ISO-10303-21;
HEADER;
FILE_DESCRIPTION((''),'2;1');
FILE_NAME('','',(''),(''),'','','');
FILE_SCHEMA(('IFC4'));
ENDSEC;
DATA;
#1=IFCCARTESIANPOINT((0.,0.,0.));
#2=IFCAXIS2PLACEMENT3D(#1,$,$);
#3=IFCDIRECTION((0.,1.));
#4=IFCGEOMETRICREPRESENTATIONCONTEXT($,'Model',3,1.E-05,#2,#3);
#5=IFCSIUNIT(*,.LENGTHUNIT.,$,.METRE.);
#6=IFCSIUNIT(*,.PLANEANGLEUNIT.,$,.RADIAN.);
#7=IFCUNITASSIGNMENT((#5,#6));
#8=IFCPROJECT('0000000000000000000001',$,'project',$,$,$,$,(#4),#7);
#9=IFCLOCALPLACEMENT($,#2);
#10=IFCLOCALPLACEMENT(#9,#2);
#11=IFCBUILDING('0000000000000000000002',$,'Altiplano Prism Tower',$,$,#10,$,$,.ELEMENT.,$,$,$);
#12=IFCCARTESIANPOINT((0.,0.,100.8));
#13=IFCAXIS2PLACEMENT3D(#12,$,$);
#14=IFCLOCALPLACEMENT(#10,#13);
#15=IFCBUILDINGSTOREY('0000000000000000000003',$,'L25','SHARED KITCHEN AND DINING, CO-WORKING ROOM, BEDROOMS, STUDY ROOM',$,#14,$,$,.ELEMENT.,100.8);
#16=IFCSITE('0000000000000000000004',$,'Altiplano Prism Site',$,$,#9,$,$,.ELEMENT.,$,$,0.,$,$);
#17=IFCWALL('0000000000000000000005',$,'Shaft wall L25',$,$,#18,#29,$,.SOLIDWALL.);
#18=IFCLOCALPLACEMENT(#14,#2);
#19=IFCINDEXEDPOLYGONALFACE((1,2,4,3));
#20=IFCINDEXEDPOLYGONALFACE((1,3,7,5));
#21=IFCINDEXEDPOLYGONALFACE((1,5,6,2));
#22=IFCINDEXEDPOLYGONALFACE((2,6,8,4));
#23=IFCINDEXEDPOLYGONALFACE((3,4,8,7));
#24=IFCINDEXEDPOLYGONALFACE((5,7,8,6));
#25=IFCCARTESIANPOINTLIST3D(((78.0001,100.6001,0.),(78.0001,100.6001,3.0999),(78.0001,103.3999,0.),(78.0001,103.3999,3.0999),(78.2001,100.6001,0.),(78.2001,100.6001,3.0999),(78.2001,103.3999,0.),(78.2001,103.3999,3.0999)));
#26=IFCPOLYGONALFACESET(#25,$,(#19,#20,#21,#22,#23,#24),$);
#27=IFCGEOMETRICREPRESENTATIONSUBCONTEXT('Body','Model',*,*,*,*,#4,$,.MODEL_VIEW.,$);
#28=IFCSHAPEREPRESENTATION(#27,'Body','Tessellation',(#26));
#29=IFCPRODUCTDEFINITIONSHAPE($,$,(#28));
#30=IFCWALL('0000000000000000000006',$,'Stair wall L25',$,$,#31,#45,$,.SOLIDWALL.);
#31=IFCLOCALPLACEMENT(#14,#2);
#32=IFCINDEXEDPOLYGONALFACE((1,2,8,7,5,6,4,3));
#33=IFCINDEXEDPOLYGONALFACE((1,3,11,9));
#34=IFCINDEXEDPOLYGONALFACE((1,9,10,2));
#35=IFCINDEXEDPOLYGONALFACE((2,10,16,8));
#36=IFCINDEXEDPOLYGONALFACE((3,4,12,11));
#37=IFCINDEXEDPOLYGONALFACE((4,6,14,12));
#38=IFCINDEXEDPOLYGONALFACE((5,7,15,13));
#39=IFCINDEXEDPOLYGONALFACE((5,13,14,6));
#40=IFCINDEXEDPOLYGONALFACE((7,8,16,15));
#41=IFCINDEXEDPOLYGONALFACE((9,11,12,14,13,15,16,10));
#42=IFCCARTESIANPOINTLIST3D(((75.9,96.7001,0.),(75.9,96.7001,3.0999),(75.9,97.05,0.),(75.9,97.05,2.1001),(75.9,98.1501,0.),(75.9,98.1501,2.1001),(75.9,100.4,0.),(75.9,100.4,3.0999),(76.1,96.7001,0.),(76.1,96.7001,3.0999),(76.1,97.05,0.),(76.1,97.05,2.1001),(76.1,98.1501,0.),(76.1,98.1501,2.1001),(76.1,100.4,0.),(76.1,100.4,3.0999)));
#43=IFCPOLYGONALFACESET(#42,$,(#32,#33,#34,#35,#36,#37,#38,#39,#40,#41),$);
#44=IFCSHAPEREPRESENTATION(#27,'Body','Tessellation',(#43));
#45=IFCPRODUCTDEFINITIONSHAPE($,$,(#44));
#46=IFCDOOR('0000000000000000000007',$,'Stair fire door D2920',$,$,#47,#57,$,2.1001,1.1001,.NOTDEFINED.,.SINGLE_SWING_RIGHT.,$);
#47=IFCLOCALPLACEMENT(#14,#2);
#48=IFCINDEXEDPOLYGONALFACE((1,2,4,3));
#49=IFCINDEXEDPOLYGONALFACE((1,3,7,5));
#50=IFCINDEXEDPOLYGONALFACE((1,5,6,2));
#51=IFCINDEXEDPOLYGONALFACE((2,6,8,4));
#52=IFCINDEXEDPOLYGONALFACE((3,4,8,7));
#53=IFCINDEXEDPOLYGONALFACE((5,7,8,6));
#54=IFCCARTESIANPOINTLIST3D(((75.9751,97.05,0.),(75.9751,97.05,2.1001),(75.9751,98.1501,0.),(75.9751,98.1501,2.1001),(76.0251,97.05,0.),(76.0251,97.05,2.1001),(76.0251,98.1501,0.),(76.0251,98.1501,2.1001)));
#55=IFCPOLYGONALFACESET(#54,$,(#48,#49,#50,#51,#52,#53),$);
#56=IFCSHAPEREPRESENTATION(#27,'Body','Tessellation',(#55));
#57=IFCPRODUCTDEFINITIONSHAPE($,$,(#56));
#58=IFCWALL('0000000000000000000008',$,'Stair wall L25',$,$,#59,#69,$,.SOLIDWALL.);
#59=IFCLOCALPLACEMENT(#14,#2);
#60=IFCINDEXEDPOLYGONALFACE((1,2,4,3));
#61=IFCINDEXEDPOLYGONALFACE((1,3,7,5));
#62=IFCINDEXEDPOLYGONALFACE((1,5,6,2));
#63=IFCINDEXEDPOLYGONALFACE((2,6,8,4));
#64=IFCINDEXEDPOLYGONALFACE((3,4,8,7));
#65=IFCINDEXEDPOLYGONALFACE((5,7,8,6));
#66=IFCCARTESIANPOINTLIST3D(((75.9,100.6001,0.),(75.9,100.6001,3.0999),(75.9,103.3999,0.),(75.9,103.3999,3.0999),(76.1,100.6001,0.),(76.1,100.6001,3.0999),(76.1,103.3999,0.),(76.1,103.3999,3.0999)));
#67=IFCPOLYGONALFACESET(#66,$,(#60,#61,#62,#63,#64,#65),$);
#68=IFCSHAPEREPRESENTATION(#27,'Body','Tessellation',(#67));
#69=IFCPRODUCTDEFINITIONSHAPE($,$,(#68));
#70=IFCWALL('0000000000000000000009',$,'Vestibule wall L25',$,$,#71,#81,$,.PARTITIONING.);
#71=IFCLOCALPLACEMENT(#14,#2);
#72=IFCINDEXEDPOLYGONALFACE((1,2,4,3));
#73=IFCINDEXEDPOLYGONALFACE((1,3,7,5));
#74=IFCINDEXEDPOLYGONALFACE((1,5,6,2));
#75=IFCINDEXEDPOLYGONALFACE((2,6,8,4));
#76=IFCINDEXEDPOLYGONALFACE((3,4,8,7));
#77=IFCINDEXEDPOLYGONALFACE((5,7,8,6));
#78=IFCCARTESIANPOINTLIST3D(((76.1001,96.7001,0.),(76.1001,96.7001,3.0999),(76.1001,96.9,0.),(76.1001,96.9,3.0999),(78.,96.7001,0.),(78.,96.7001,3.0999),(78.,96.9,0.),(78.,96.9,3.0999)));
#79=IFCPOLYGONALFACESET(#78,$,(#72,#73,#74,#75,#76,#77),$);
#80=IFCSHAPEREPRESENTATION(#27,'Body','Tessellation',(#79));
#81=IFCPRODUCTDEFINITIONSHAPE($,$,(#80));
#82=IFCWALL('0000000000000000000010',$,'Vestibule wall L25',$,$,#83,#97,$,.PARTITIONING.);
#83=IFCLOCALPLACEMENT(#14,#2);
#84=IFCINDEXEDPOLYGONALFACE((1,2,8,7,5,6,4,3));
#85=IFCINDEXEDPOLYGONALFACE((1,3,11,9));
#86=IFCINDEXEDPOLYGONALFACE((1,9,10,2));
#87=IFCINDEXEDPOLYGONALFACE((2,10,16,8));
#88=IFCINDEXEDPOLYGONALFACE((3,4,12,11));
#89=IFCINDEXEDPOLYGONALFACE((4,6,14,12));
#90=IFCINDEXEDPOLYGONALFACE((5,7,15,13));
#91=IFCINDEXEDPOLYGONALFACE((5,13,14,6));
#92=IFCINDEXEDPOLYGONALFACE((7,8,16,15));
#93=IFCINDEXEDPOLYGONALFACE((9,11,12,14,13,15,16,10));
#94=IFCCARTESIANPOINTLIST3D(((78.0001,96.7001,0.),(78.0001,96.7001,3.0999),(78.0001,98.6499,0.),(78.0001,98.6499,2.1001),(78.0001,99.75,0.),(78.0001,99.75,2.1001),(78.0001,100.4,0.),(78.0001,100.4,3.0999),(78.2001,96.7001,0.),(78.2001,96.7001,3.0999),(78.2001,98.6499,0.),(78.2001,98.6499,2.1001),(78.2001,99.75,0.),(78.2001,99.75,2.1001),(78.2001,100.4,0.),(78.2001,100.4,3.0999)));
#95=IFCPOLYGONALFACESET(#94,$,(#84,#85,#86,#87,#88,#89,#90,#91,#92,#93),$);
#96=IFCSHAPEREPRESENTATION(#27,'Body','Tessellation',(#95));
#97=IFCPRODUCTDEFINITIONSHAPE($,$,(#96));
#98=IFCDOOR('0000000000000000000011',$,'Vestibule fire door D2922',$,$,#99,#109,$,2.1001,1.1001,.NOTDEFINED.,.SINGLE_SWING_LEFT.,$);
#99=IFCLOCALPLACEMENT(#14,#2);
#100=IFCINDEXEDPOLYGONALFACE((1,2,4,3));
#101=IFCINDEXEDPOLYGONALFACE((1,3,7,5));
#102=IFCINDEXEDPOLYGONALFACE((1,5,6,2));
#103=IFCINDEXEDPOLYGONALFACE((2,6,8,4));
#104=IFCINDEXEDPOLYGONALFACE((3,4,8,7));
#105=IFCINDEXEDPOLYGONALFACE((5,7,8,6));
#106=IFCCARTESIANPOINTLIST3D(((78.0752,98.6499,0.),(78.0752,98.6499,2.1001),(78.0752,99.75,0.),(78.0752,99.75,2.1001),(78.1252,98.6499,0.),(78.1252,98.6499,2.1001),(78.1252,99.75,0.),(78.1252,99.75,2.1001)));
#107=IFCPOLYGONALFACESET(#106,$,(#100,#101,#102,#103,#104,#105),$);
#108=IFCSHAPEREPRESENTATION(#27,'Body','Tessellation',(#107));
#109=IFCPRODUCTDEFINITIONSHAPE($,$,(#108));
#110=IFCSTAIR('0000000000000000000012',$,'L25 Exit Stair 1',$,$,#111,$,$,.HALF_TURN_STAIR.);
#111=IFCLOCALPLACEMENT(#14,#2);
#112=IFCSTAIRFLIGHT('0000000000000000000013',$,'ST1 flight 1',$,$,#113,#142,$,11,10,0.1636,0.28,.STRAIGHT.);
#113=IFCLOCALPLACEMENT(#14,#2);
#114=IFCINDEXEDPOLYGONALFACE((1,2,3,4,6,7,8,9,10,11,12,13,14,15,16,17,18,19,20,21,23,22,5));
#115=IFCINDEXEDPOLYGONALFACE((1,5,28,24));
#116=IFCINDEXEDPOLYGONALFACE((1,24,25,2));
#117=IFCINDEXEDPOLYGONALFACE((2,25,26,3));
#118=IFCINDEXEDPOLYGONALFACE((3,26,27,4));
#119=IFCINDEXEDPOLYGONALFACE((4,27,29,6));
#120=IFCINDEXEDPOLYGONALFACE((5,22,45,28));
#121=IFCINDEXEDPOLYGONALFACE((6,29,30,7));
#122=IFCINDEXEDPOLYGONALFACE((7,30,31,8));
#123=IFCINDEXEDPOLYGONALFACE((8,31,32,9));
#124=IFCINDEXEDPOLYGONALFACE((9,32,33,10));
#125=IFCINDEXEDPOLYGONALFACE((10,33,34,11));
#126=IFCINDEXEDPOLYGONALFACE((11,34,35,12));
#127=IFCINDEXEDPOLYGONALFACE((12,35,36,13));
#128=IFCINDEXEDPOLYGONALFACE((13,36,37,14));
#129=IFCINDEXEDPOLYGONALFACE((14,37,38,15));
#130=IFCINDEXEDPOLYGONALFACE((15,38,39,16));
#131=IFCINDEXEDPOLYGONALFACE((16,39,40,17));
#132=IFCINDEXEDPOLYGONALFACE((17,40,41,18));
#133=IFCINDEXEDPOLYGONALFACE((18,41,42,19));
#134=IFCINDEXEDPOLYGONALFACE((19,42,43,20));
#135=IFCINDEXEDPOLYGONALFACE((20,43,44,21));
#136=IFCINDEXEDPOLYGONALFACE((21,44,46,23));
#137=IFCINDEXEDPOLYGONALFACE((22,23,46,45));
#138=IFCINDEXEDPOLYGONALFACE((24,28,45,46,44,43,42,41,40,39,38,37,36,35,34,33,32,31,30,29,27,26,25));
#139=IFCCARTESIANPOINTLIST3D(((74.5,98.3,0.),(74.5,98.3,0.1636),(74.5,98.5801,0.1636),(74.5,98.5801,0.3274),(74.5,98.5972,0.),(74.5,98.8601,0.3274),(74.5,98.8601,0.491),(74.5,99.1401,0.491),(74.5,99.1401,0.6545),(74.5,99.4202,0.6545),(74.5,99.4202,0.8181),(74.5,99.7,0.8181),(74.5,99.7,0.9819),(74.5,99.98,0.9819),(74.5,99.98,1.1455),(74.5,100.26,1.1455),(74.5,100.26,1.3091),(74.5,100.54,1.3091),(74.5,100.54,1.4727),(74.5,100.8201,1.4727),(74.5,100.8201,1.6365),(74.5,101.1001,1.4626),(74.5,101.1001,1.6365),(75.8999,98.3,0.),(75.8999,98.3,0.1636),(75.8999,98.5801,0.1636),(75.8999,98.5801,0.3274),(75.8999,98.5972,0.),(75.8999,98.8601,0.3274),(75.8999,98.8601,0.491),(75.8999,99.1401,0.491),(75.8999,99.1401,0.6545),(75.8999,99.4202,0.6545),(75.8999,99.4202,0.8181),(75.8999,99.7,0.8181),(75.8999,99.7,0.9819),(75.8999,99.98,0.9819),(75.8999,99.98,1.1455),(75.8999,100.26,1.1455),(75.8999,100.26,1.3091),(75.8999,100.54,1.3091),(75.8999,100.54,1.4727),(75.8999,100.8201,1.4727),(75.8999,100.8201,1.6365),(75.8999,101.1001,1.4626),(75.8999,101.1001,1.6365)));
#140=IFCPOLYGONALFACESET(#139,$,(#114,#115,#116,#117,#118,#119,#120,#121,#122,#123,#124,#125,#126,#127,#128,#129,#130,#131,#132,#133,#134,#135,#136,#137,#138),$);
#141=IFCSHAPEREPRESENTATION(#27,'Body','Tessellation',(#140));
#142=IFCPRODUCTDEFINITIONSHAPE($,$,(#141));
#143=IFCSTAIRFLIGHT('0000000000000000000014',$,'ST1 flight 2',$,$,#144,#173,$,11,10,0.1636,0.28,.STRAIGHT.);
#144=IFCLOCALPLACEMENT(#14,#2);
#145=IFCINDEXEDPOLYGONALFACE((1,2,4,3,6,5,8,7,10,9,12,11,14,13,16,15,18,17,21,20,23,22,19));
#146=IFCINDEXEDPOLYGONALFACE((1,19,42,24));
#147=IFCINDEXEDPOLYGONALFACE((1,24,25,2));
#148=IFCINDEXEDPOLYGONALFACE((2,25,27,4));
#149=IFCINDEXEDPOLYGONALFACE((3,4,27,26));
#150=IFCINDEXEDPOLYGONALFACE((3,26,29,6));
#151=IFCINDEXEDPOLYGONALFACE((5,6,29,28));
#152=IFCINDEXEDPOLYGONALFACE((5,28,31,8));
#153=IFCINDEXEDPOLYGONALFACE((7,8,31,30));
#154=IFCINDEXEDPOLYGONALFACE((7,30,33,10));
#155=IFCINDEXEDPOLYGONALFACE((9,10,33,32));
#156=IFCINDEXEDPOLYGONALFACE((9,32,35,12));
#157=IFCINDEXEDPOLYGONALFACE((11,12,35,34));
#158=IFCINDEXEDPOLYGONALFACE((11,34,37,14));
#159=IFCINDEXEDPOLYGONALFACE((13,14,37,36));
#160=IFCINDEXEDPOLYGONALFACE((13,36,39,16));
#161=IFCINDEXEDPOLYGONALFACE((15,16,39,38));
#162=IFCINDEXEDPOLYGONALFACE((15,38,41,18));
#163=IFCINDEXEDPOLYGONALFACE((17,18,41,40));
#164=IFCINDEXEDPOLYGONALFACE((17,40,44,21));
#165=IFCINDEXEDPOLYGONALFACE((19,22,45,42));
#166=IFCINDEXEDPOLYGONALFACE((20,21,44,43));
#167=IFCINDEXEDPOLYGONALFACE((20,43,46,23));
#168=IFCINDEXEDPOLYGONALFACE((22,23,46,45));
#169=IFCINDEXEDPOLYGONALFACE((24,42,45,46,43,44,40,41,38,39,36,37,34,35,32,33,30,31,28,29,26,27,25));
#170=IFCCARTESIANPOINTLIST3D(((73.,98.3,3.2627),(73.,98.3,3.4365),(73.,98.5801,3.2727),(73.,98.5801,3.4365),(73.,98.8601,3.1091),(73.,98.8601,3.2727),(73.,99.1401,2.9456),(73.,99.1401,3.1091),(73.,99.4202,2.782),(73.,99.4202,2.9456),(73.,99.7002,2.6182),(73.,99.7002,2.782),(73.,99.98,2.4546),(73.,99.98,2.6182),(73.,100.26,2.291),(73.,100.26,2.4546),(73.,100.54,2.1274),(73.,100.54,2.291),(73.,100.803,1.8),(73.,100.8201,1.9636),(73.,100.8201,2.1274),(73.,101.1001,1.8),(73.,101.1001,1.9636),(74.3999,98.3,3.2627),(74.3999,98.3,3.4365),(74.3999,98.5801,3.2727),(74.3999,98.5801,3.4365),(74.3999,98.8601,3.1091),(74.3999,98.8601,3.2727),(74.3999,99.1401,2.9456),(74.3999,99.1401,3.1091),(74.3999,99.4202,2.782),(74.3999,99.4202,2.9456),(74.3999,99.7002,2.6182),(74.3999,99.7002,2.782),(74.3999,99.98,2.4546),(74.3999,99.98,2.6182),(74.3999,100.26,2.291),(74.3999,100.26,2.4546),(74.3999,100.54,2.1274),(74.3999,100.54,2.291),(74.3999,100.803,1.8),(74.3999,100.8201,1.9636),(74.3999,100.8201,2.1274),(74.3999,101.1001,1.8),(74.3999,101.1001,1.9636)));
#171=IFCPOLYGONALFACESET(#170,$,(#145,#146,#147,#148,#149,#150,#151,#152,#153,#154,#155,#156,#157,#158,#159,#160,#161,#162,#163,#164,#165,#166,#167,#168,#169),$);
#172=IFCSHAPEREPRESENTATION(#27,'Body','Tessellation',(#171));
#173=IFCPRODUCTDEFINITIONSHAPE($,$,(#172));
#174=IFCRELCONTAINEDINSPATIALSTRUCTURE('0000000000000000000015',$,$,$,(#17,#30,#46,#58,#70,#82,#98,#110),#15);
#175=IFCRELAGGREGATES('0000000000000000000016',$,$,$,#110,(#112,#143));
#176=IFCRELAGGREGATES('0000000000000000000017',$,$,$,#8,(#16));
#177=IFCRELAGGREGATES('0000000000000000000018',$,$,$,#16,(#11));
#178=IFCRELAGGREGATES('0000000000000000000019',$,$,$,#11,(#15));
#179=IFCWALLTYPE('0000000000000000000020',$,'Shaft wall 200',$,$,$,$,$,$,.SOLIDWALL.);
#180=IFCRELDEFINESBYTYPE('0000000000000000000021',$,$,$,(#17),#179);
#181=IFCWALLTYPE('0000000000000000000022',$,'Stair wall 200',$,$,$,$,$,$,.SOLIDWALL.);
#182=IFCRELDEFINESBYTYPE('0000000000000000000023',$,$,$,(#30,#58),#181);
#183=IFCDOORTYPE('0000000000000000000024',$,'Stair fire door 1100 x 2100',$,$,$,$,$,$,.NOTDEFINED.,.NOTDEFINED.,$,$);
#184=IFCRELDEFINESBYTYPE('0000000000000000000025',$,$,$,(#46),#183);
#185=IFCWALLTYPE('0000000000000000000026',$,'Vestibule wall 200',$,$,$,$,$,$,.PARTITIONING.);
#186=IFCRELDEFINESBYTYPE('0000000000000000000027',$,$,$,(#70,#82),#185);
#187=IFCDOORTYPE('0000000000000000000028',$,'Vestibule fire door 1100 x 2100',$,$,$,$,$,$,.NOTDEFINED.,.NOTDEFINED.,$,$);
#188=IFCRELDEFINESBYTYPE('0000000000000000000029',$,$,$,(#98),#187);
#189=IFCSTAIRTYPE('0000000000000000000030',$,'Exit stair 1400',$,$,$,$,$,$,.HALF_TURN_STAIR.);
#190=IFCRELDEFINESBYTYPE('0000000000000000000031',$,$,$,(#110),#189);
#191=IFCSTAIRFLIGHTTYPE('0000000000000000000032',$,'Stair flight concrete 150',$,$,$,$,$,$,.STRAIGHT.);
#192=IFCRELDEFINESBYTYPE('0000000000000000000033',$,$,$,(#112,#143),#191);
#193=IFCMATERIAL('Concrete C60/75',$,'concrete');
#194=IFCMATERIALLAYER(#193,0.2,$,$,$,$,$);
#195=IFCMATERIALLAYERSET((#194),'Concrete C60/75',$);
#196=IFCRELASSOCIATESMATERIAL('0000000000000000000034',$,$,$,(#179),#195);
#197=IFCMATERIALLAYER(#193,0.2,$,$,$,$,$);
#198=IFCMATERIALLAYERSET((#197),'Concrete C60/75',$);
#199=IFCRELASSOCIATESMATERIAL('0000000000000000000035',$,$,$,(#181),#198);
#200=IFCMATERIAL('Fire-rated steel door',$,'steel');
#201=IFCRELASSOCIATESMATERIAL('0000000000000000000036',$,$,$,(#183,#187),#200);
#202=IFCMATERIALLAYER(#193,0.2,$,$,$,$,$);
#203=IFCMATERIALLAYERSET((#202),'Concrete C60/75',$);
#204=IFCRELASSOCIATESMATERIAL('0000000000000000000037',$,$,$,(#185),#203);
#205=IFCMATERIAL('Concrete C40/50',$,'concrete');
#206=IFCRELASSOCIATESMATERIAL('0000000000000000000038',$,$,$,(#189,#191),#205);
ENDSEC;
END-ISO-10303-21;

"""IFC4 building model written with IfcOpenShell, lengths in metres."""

from ifc_helpers import new_model, si_unit, direction, frame, frame_2d, origin, place, context, subcontext, project, spatial, polyline, rectangle, outline, extrude, material, layer, layer_set, type_object, element, fill, aggregate, save


model = new_model("IFC4")

# Units and contexts
model_context = context("Model", 3, precision=1e-05, world=origin(), true_north=direction((0.0, 1.0)))
body_context = subcontext(model_context, "Body", "Model", "MODEL_VIEW")
ifc_project = project(units=[si_unit("LENGTHUNIT", "METRE"), si_unit("PLANEANGLEUNIT", "RADIAN")], contexts=[model_context])

# Site, building, storey
site_placement = place(None, origin())
site = spatial("IfcSite", under=ifc_project, at=site_placement, Name="Altiplano Prism Site", CompositionType="ELEMENT", RefElevation=0.0)
building_placement = place(site_placement, origin())
building = spatial("IfcBuilding", under=site, at=building_placement, Name="Altiplano Prism Tower", CompositionType="ELEMENT")
storey_placement = place(building_placement, frame((0.0, 0.0, 100.8)))
storey = spatial("IfcBuildingStorey", under=building, at=storey_placement, Name="L25", Description="SHARED KITCHEN AND DINING, CO-WORKING ROOM, BEDROOMS, STUDY ROOM", CompositionType="ELEMENT", Elevation=100.8)

# Wall
ifc_material_1 = material(Name="Concrete C60/75", Category="concrete")
ifc_layer_1 = layer(ifc_material_1, 0.2)
ifc_layer_set_1 = layer_set([ifc_layer_1], Name="Concrete C60/75")
wall_type_1 = type_object("IfcWallType", Name="Shaft wall 200", PredefinedType="SOLIDWALL", material=ifc_layer_set_1)
wall_1_placement = place(storey_placement, frame((78.1001, 100.6001, 0.0), z_axis=(0.0, 0.0, 1.0), x_axis=(0.0, 1.0, 0.0)))
element("IfcWall", 1, at=wall_1_placement, inside=storey, type_object=wall_type_1, Name="Shaft wall L25", PredefinedType="SOLIDWALL", context=body_context, shape_type="SweptSolid", body=[
    extrude(rectangle(XDim=2.7998, YDim=0.2, at=frame_2d((1.3999, 0.0))), origin(), (0.0, 0.0, 1.0), 3.0999),
])

# Wall, opening, door
ifc_layer_2 = layer(ifc_material_1, 0.2)
ifc_layer_set_2 = layer_set([ifc_layer_2], Name="Concrete C60/75")
wall_type_2 = type_object("IfcWallType", Name="Stair wall 200", PredefinedType="SOLIDWALL", material=ifc_layer_set_2)
wall_2_placement = place(storey_placement, frame((76.0, 96.7, 0.0), z_axis=(0.0, 0.0, 1.0), x_axis=(0.0, 1.0, 0.0)))
wall_2 = element("IfcWall", 2, at=wall_2_placement, inside=storey, type_object=wall_type_2, Name="Stair wall L25", PredefinedType="SOLIDWALL", context=body_context, shape_type="SweptSolid", body=[
    extrude(rectangle(XDim=3.7, YDim=0.2, at=frame_2d((1.8501, 0.0))), origin(), (0.0, 0.0, 1.0), 3.0999),
])
opening_1_placement = place(wall_2_placement, frame((0.3501, 0.0, 0.0)))
opening_1 = element("IfcOpeningElement", 3, at=opening_1_placement, cuts=wall_2, PredefinedType="OPENING", context=body_context, shape_type="SweptSolid", body=[
    extrude(rectangle(XDim=1.1001, YDim=2.1001, at=frame_2d((0.55, 1.05))), frame((0.0, 0.1104, 0.0), z_axis=(0.0, -1.0, 0.0), x_axis=(1.0, 0.0, 0.0)), (0.0, 0.0, 1.0), 0.2209),
])
ifc_material_2 = material(Name="Fire-rated steel door", Category="steel")
door_type_1 = type_object("IfcDoorType", Name="Stair fire door 1100 x 2100", OperationType="NOTDEFINED", PredefinedType="NOTDEFINED", material=ifc_material_2)
door_1_placement = place(opening_1_placement, origin())
door_1 = element("IfcDoor", 4, at=door_1_placement, inside=storey, type_object=door_type_1, Name="Stair fire door D2920", OperationType="SINGLE_SWING_RIGHT", OverallHeight=2.1001, OverallWidth=1.1001, PredefinedType="NOTDEFINED", context=body_context, shape_type="SweptSolid", body=[
    extrude(rectangle(XDim=1.1001, YDim=2.1001, at=frame_2d((0.55, 1.05))), frame((0.0, 0.0249, 0.0), z_axis=(0.0, -1.0, 0.0), x_axis=(1.0, 0.0, 0.0)), (0.0, 0.0, 1.0), 0.05),
])
fill(opening_1, door_1)

# Walls
wall_3_placement = place(storey_placement, frame((76.0, 100.6001, 0.0), z_axis=(0.0, 0.0, 1.0), x_axis=(0.0, 1.0, 0.0)))
element("IfcWall", 5, at=wall_3_placement, inside=storey, type_object=wall_type_2, Name="Stair wall L25", PredefinedType="SOLIDWALL", context=body_context, shape_type="SweptSolid", body=[
    extrude(rectangle(XDim=2.7998, YDim=0.2, at=frame_2d((1.3999, 0.0))), origin(), (0.0, 0.0, 1.0), 3.0999),
])
ifc_layer_3 = layer(ifc_material_1, 0.2)
ifc_layer_set_3 = layer_set([ifc_layer_3], Name="Concrete C60/75")
wall_type_3 = type_object("IfcWallType", Name="Vestibule wall 200", PredefinedType="PARTITIONING", material=ifc_layer_set_3)
wall_4_placement = place(storey_placement, frame((76.1001, 96.8, 0.0), z_axis=(0.0, 0.0, 1.0), x_axis=(1.0, 0.0, 0.0)))
element("IfcWall", 6, at=wall_4_placement, inside=storey, type_object=wall_type_3, Name="Vestibule wall L25", PredefinedType="PARTITIONING", context=body_context, shape_type="SweptSolid", body=[
    extrude(rectangle(XDim=1.8999, YDim=0.2, at=frame_2d((0.95, 0.0))), origin(), (0.0, 0.0, 1.0), 3.0999),
])

# Wall, opening, door
wall_5_placement = place(storey_placement, frame((78.1001, 96.7, 0.0), z_axis=(0.0, 0.0, 1.0), x_axis=(0.0, 1.0, 0.0)))
wall_5 = element("IfcWall", 7, at=wall_5_placement, inside=storey, type_object=wall_type_3, Name="Vestibule wall L25", PredefinedType="PARTITIONING", context=body_context, shape_type="SweptSolid", body=[
    extrude(rectangle(XDim=3.7, YDim=0.2, at=frame_2d((1.8501, 0.0))), origin(), (0.0, 0.0, 1.0), 3.0999),
])
opening_2_placement = place(wall_5_placement, frame((1.95, 0.0, 0.0)))
opening_2 = element("IfcOpeningElement", 8, at=opening_2_placement, cuts=wall_5, PredefinedType="OPENING", context=body_context, shape_type="SweptSolid", body=[
    extrude(rectangle(XDim=1.1001, YDim=2.1001, at=frame_2d((0.55, 1.05))), frame((0.0, 0.1104, 0.0), z_axis=(0.0, -1.0, 0.0), x_axis=(1.0, 0.0, 0.0)), (0.0, 0.0, 1.0), 0.2209),
])
door_type_2 = type_object("IfcDoorType", Name="Vestibule fire door 1100 x 2100", OperationType="NOTDEFINED", PredefinedType="NOTDEFINED", material=ifc_material_2)
door_2_placement = place(opening_2_placement, origin())
door_2 = element("IfcDoor", 9, at=door_2_placement, inside=storey, type_object=door_type_2, Name="Vestibule fire door D2922", OperationType="SINGLE_SWING_LEFT", OverallHeight=2.1001, OverallWidth=1.1001, PredefinedType="NOTDEFINED", context=body_context, shape_type="SweptSolid", body=[
    extrude(rectangle(XDim=1.1001, YDim=2.1001, at=frame_2d((0.55, 1.05))), frame((0.0, 0.0249, 0.0), z_axis=(0.0, -1.0, 0.0), x_axis=(1.0, 0.0, 0.0)), (0.0, 0.0, 1.0), 0.05),
])
fill(opening_2, door_2)

# Stair, stair flights
ifc_material_3 = material(Name="Concrete C40/50", Category="concrete")
stair_type = type_object("IfcStairType", Name="Exit stair 1400", PredefinedType="HALF_TURN_STAIR", material=ifc_material_3)
stair_placement = place(storey_placement, origin())
stair = element("IfcStair", 10, at=stair_placement, inside=storey, type_object=stair_type, Name="L25 Exit Stair 1", PredefinedType="HALF_TURN_STAIR")
stair_flight_type = type_object("IfcStairFlightType", Name="Stair flight concrete 150", PredefinedType="STRAIGHT", material=ifc_material_3)
stair_flight_1_placement = place(storey_placement, frame((75.2, 98.3, 0.0), z_axis=(0.0, 0.0, 1.0), x_axis=(0.0, 1.0, 0.0)))
stair_flight_1 = element("IfcStairFlight", 11, at=stair_flight_1_placement, type_object=stair_flight_type, Name="ST1 flight 1", NumberOfRisers=11, NumberOfTreads=10, PredefinedType="STRAIGHT", RiserHeight=0.1636, TreadLength=0.28, context=body_context, shape_type="SweptSolid", body=[
    extrude(outline(polyline([(0.0, 0.0), (0.0, 0.1636), (0.28, 0.1636), (0.28, 0.3274), (0.5601, 0.3274), (0.5601, 0.491), (0.8401, 0.491), (0.8401, 0.6545), (1.1201, 0.6545), (1.1201, 0.8181), (1.3999, 0.8181), (1.3999, 0.9819), (1.6799, 0.9819), (1.6799, 1.1455), (1.96, 1.1455), (1.96, 1.3091), (2.24, 1.3091), (2.24, 1.4727), (2.52, 1.4727), (2.52, 1.6365), (2.8, 1.6365), (2.8, 1.8), (2.8, 1.4626), (0.2971, 0.0), (0.0, 0.0)])), frame((0.0, 0.7, 0.0), z_axis=(0.0, -1.0, 0.0), x_axis=(1.0, 0.0, 0.0)), (0.0, 0.0, 1.0), 1.3999),
])
stair_flight_2_placement = place(storey_placement, frame((73.7, 101.1001, 1.8), z_axis=(0.0, 0.0, 1.0), x_axis=(0.0, -1.0, 0.0)))
stair_flight_2 = element("IfcStairFlight", 12, at=stair_flight_2_placement, type_object=stair_flight_type, Name="ST1 flight 2", NumberOfRisers=11, NumberOfTreads=10, PredefinedType="STRAIGHT", RiserHeight=0.1636, TreadLength=0.28, context=body_context, shape_type="SweptSolid", body=[
    extrude(outline(polyline([(0.0, 0.0), (0.0, 0.1636), (0.28, 0.1636), (0.28, 0.3274), (0.5601, 0.3274), (0.5601, 0.491), (0.8401, 0.491), (0.8401, 0.6545), (1.1201, 0.6545), (1.1201, 0.8181), (1.3999, 0.8181), (1.3999, 0.9819), (1.6799, 0.9819), (1.6799, 1.1455), (1.96, 1.1455), (1.96, 1.3091), (2.24, 1.3091), (2.24, 1.4727), (2.52, 1.4727), (2.52, 1.6365), (2.8, 1.6365), (2.8, 1.8), (2.8, 1.4626), (0.2971, 0.0), (0.0, 0.0)])), frame((0.0, 0.7, 0.0), z_axis=(0.0, -1.0, 0.0), x_axis=(1.0, 0.0, 0.0)), (0.0, 0.0, 1.0), 1.3999),
])
aggregate(stair, [stair_flight_1, stair_flight_2])

save(model, "model.ifc")
